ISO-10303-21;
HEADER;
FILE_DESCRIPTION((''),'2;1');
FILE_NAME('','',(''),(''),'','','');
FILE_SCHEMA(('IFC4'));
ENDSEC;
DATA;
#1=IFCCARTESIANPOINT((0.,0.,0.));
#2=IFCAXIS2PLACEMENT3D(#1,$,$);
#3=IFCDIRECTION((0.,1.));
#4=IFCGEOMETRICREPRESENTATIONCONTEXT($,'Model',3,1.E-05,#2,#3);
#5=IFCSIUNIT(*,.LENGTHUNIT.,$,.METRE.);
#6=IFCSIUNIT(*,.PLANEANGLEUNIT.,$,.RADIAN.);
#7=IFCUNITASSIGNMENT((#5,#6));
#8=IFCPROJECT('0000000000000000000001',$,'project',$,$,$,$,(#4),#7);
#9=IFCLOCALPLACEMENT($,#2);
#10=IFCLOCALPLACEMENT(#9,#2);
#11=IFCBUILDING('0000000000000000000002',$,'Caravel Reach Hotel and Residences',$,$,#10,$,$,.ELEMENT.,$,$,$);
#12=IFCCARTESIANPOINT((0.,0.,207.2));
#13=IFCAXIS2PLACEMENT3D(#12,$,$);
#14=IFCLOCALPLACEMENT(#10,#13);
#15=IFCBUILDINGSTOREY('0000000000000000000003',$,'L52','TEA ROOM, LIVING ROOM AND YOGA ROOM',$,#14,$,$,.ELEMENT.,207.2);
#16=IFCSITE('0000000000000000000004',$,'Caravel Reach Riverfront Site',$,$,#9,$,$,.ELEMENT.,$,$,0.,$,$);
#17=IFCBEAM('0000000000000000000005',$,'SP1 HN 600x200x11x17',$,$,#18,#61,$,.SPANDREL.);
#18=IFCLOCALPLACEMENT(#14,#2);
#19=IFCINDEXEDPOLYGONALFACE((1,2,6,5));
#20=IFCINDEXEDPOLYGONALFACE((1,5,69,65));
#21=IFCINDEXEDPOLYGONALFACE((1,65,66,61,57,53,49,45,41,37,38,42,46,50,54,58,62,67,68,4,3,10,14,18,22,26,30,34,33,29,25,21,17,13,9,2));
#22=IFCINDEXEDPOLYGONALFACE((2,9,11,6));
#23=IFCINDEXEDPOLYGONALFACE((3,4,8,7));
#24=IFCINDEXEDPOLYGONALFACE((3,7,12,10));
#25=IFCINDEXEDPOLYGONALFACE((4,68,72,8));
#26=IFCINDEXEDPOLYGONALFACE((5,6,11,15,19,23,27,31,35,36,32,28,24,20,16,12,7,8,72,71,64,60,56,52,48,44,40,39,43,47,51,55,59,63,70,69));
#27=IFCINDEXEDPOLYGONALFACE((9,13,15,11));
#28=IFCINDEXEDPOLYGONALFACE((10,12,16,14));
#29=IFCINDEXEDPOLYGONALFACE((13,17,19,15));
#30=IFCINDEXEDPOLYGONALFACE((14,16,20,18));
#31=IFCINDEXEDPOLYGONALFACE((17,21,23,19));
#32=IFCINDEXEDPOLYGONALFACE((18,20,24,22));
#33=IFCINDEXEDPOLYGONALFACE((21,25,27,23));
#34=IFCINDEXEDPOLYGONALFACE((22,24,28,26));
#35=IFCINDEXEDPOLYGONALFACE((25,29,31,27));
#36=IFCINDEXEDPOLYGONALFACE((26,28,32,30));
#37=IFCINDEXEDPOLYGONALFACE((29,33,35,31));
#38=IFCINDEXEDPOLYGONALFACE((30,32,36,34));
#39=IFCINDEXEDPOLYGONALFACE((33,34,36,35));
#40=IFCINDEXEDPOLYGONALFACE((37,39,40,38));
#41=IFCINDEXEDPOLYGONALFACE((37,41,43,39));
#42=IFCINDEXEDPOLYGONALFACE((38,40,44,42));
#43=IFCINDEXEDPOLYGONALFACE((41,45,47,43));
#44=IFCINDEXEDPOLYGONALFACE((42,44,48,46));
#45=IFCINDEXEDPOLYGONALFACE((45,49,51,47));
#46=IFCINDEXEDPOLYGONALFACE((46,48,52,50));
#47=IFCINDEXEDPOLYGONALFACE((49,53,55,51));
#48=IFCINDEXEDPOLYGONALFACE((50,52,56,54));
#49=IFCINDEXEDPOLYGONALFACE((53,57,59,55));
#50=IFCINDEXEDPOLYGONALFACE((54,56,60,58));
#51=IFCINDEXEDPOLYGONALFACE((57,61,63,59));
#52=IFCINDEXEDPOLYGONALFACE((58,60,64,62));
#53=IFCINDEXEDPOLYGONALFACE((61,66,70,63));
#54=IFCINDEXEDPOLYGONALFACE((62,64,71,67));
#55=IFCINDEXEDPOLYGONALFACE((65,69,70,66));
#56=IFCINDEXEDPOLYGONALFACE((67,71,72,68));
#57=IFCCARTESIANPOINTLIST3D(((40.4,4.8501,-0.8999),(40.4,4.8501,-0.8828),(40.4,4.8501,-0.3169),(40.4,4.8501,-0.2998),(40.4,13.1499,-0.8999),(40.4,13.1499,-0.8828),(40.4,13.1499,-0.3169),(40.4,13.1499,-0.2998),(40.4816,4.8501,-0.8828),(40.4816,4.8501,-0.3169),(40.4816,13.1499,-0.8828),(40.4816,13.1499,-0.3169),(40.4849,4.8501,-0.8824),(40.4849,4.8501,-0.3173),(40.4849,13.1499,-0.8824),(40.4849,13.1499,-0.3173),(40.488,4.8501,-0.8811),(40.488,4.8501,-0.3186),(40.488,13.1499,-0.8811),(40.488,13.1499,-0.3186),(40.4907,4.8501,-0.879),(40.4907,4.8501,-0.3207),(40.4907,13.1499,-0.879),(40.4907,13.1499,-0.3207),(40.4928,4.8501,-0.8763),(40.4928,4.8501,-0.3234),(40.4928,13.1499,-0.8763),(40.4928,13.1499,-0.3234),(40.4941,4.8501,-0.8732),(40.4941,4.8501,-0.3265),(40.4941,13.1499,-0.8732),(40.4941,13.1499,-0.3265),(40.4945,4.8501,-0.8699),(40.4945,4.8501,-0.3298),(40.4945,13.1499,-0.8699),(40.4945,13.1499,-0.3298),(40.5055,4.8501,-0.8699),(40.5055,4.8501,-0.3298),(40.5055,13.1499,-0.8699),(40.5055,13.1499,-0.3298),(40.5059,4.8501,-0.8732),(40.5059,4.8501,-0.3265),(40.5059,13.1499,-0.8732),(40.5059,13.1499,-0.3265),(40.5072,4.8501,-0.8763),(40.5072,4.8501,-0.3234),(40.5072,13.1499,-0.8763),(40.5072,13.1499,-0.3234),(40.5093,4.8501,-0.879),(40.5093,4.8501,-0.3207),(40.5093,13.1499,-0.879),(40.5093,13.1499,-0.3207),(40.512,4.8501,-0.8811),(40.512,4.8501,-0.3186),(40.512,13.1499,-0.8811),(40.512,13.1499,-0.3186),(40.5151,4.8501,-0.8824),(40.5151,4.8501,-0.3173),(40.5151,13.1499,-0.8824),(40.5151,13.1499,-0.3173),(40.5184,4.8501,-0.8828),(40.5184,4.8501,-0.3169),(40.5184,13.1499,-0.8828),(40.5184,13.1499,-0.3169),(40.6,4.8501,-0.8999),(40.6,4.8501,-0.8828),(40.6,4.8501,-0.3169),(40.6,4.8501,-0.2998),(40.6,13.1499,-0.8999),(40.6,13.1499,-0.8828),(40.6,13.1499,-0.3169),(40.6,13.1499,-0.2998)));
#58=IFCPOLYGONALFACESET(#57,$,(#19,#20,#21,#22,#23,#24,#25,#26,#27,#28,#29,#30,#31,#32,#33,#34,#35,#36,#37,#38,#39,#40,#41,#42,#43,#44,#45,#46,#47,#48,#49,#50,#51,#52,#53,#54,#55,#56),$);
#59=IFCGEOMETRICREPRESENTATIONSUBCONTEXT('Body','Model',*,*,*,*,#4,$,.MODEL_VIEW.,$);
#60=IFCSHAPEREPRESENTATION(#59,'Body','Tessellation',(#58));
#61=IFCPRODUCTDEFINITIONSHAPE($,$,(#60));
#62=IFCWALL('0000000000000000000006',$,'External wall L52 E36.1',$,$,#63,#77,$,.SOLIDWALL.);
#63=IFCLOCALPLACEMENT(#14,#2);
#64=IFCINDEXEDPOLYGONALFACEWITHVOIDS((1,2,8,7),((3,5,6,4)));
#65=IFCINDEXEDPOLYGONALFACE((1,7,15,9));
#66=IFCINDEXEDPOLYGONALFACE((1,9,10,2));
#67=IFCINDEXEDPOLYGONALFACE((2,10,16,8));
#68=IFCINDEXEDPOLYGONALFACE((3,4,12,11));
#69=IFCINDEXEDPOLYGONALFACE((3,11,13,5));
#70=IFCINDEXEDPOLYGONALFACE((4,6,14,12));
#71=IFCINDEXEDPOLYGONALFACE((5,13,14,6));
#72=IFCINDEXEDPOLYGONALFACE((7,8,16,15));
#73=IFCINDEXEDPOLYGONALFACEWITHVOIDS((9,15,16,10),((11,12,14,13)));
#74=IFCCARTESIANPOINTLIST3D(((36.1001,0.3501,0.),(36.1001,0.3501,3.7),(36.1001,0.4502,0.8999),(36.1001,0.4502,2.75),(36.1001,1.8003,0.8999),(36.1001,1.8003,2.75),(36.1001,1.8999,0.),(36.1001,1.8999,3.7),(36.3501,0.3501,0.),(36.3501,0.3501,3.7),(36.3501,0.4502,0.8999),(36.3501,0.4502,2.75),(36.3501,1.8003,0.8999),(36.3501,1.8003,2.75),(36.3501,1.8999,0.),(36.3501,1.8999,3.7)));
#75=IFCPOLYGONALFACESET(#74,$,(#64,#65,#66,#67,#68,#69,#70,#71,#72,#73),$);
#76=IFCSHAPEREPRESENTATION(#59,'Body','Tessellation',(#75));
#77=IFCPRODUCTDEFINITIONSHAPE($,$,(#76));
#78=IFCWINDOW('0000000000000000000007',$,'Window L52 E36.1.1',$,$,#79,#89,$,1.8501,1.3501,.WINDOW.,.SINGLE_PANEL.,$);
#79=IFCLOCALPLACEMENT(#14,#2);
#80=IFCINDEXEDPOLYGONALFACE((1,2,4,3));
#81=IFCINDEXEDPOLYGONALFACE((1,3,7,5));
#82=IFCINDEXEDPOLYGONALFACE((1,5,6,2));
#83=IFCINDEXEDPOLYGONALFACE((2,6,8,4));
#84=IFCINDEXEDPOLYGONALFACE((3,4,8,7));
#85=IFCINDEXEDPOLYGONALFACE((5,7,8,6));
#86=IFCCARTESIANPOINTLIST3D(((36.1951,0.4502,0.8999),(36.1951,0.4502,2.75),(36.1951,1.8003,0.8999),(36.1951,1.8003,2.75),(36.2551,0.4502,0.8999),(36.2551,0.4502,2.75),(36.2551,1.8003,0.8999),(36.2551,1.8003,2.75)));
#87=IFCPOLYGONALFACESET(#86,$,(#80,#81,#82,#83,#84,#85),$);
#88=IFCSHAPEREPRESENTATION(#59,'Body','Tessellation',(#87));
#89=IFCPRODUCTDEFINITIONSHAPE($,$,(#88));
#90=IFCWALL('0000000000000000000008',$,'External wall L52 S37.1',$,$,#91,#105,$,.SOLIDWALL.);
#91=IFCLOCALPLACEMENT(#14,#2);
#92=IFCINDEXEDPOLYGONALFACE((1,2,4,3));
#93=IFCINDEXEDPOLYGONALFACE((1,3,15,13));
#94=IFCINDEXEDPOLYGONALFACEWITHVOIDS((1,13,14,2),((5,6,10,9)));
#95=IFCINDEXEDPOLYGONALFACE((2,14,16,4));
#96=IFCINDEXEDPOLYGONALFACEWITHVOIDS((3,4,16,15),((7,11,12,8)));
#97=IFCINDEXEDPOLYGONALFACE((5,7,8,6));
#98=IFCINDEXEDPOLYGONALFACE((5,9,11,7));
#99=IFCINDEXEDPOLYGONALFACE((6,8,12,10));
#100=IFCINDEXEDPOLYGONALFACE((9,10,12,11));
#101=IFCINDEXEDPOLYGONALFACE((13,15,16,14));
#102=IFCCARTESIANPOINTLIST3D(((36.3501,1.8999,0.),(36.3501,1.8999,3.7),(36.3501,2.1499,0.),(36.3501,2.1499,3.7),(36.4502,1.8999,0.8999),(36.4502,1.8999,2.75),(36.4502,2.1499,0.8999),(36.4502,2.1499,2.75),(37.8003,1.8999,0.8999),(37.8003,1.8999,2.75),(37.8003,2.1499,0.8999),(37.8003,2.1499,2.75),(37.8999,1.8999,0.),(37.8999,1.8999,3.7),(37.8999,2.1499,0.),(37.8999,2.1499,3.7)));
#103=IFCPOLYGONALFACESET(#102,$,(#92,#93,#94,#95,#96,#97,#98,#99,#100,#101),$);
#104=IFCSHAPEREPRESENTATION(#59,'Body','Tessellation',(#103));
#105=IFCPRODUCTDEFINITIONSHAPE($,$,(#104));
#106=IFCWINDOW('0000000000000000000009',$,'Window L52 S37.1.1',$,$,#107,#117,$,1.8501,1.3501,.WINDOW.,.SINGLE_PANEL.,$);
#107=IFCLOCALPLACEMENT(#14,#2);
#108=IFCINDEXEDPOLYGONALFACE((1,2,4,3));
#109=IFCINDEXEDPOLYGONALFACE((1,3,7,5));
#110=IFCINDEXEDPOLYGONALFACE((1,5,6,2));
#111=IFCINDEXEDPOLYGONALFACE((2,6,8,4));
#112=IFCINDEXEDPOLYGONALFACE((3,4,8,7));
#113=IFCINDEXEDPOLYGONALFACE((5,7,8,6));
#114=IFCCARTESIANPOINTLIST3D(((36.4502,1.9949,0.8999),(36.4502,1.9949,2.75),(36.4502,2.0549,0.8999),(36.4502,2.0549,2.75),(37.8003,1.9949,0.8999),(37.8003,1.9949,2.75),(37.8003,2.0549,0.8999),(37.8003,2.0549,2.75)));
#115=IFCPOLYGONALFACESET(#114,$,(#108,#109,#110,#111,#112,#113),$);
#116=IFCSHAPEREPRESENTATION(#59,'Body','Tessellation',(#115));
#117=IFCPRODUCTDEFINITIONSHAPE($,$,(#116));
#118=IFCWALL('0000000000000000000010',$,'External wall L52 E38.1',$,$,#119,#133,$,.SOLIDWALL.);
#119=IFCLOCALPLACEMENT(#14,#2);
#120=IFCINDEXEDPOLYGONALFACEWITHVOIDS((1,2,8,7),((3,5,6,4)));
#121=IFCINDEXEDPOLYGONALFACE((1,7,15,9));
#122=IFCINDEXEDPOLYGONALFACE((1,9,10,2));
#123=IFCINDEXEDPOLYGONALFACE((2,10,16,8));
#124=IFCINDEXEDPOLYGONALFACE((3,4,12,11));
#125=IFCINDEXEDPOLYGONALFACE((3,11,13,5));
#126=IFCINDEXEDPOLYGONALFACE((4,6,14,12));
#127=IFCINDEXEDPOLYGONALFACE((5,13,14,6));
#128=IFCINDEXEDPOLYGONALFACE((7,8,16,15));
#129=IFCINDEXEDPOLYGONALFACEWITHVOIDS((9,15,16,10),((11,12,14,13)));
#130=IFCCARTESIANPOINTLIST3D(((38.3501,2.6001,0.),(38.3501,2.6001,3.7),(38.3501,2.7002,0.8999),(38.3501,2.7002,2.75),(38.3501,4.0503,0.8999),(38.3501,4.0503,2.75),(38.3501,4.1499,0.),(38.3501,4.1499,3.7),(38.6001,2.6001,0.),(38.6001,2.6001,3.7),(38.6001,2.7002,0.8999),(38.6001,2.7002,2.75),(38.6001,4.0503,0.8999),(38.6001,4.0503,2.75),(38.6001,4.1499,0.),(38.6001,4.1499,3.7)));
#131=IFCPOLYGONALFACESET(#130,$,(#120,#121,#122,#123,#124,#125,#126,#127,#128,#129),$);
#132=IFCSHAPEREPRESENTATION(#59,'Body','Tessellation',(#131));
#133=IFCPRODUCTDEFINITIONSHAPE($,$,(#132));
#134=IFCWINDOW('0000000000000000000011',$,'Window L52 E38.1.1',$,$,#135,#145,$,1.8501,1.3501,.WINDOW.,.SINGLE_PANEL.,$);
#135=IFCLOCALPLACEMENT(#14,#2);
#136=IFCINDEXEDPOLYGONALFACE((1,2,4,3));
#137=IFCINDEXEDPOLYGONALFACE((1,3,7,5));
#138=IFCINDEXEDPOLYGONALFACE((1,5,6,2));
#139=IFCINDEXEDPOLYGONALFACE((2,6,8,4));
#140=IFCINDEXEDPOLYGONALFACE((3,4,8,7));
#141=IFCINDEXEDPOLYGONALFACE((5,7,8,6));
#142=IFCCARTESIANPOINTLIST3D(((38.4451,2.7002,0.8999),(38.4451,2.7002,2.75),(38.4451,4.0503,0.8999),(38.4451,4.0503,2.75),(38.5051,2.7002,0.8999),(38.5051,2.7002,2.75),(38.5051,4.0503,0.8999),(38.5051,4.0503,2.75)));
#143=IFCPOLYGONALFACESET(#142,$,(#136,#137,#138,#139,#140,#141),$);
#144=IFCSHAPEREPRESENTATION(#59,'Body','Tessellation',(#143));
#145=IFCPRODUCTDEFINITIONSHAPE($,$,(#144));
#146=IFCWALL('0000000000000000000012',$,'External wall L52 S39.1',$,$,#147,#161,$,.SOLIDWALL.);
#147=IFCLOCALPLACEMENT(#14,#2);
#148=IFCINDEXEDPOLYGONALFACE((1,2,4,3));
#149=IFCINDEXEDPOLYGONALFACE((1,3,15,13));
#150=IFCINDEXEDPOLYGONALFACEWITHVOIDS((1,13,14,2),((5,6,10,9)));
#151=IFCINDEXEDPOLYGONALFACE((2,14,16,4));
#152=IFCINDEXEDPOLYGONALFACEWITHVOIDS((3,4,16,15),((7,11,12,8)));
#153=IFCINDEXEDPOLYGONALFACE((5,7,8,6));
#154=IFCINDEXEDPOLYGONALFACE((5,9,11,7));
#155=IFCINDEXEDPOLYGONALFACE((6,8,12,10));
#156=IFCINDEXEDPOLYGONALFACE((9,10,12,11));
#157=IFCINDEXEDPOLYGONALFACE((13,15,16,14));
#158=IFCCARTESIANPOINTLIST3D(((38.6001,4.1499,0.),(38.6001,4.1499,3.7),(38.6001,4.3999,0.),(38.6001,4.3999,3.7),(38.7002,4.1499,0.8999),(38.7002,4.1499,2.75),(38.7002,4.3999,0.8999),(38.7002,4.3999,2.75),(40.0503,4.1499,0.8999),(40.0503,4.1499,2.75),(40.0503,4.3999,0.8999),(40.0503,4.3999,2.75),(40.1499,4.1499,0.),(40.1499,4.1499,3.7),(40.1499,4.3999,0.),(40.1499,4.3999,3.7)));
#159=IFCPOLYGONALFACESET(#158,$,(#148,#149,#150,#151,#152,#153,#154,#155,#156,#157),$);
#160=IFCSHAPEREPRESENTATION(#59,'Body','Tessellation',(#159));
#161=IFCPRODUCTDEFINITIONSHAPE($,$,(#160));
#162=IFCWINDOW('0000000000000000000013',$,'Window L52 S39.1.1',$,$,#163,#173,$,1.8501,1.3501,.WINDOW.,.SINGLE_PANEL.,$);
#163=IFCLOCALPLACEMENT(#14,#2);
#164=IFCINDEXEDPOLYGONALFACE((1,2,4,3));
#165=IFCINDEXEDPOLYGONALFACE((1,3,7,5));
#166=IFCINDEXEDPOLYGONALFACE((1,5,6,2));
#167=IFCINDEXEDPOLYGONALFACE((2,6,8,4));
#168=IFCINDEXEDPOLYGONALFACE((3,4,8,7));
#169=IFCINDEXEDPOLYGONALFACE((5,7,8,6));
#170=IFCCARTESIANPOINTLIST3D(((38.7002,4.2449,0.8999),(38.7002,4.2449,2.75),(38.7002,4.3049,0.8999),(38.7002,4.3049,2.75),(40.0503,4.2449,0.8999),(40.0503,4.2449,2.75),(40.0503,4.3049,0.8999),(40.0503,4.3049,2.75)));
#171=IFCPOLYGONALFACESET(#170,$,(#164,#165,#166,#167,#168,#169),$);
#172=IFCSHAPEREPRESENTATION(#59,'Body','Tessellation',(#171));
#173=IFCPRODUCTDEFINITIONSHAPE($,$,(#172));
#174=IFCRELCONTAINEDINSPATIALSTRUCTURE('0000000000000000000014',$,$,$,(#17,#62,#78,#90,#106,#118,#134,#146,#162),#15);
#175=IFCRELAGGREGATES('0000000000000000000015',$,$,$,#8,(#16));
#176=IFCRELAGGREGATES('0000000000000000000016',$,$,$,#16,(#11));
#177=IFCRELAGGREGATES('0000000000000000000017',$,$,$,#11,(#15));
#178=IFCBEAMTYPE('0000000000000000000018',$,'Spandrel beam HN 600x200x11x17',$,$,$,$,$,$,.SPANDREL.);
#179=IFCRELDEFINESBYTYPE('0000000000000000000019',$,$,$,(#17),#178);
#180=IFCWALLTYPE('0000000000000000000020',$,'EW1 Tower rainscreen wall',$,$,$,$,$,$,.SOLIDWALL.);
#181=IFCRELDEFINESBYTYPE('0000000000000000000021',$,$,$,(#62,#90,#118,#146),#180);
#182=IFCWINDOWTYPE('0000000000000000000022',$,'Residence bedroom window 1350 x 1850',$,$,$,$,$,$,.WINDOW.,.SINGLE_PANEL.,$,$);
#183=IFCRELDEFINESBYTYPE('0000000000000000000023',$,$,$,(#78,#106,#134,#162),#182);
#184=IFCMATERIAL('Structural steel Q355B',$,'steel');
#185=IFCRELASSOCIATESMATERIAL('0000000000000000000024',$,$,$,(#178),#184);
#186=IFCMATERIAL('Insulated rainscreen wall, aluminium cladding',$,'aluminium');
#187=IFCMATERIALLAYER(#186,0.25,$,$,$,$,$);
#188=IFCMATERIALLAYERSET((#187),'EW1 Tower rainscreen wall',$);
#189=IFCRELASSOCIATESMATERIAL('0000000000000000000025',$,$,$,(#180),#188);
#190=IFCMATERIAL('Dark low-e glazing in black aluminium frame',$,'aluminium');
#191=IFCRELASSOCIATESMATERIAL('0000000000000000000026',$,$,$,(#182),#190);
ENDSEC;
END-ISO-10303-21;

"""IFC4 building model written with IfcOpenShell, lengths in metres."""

from ifc_helpers import new_model, si_unit, direction, frame, frame_2d, origin, origin_2d, place, context, subcontext, project, spatial, rectangle, i_section, extrude, material, layer, layer_set, material_profile, profile_set, type_object, element, fill, save


model = new_model("IFC4")

# Units and contexts
model_context = context("Model", 3, precision=1e-05, world=origin(), true_north=direction((0.0, 1.0)))
body_context = subcontext(model_context, "Body", "Model", "MODEL_VIEW")
ifc_project = project(units=[si_unit("LENGTHUNIT", "METRE"), si_unit("PLANEANGLEUNIT", "RADIAN")], contexts=[model_context])

# Site, building, storey
site_placement = place(None, origin())
site = spatial("IfcSite", under=ifc_project, at=site_placement, Name="Caravel Reach Riverfront Site", CompositionType="ELEMENT", RefElevation=0.0)
building_placement = place(site_placement, origin())
building = spatial("IfcBuilding", under=site, at=building_placement, Name="Caravel Reach Hotel and Residences", CompositionType="ELEMENT")
storey_placement = place(building_placement, frame((0.0, 0.0, 207.2)))
storey = spatial("IfcBuildingStorey", under=building, at=storey_placement, Name="L52", Description="TEA ROOM, LIVING ROOM AND YOGA ROOM", CompositionType="ELEMENT", Elevation=207.2)

# Beam
ifc_material_1 = material(Name="Structural steel Q355B", Category="steel")
ifc_material_profile_1 = material_profile(ifc_material_1, i_section(OverallWidth=0.2, OverallDepth=0.6001, WebThickness=0.011, FlangeThickness=0.0171, FilletRadius=0.0129, at=origin_2d()), Name="HN 600x200x11x17")
ifc_profile_set_1 = profile_set([ifc_material_profile_1], Name="Structural steel Q355B")
beam_type = type_object("IfcBeamType", Name="Spandrel beam HN 600x200x11x17", PredefinedType="SPANDREL", material=ifc_profile_set_1)
beam_placement = place(storey_placement, frame((40.5, 4.8501, -0.5999), z_axis=(0.0, 1.0, 0.0), x_axis=(-1.0, 0.0, 0.0)))
element("IfcBeam", 1, at=beam_placement, inside=storey, type_object=beam_type, Name="SP1 HN 600x200x11x17", PredefinedType="SPANDREL", context=body_context, shape_type="SweptSolid", body=[
    extrude(i_section(OverallWidth=0.2, OverallDepth=0.6001, WebThickness=0.011, FlangeThickness=0.0171, FilletRadius=0.0129, at=origin_2d()), origin(), (0.0, 0.0, 1.0), 8.2998),
])

# Walls, openings, windows
ifc_material_2 = material(Name="Insulated rainscreen wall, aluminium cladding", Category="aluminium")
ifc_layer_1 = layer(ifc_material_2, 0.25)
ifc_layer_set_1 = layer_set([ifc_layer_1], Name="EW1 Tower rainscreen wall")
wall_type_1 = type_object("IfcWallType", Name="EW1 Tower rainscreen wall", PredefinedType="SOLIDWALL", material=ifc_layer_set_1)
wall_1_placement = place(storey_placement, frame((36.2251, 0.3501, 0.0), z_axis=(0.0, 0.0, 1.0), x_axis=(0.0, 1.0, 0.0)))
wall_1 = element("IfcWall", 2, at=wall_1_placement, inside=storey, type_object=wall_type_1, Name="External wall L52 E36.1", PredefinedType="SOLIDWALL", context=body_context, shape_type="SweptSolid", body=[
    extrude(rectangle(XDim=1.5498, YDim=0.25, at=frame_2d((0.7749, 0.0))), origin(), (0.0, 0.0, 1.0), 3.7),
])
opening_1_placement = place(wall_1_placement, frame((0.1001, 0.0, 0.8999)))
opening_1 = element("IfcOpeningElement", 3, at=opening_1_placement, cuts=wall_1, PredefinedType="OPENING", context=body_context, shape_type="SweptSolid", body=[
    extrude(rectangle(XDim=1.3501, YDim=1.8501, at=frame_2d((0.675, 0.925))), frame((0.0, 0.135, 0.0), z_axis=(0.0, -1.0, 0.0), x_axis=(1.0, 0.0, 0.0)), (0.0, 0.0, 1.0), 0.27),
])
ifc_material_3 = material(Name="Dark low-e glazing in black aluminium frame", Category="aluminium")
window_type_1 = type_object("IfcWindowType", Name="Residence bedroom window 1350 x 1850", PartitioningType="SINGLE_PANEL", PredefinedType="WINDOW", material=ifc_material_3)
window_1_placement = place(opening_1_placement, origin())
window_1 = element("IfcWindow", 4, at=window_1_placement, inside=storey, type_object=window_type_1, Name="Window L52 E36.1.1", OverallHeight=1.8501, OverallWidth=1.3501, PartitioningType="SINGLE_PANEL", PredefinedType="WINDOW", context=body_context, shape_type="SweptSolid", body=[
    extrude(rectangle(XDim=1.3501, YDim=1.8501, at=frame_2d((0.675, 0.925))), frame((0.0, 0.03, 0.0), z_axis=(0.0, -1.0, 0.0), x_axis=(1.0, 0.0, 0.0)), (0.0, 0.0, 1.0), 0.0601),
])
fill(opening_1, window_1)
wall_2_placement = place(storey_placement, frame((36.3501, 2.0249, 0.0), z_axis=(0.0, 0.0, 1.0), x_axis=(1.0, 0.0, 0.0)))
wall_2 = element("IfcWall", 5, at=wall_2_placement, inside=storey, type_object=wall_type_1, Name="External wall L52 S37.1", PredefinedType="SOLIDWALL", context=body_context, shape_type="SweptSolid", body=[
    extrude(rectangle(XDim=1.5498, YDim=0.25, at=frame_2d((0.7749, 0.0))), origin(), (0.0, 0.0, 1.0), 3.7),
])
opening_2_placement = place(wall_2_placement, frame((0.1001, 0.0, 0.8999)))
opening_2 = element("IfcOpeningElement", 6, at=opening_2_placement, cuts=wall_2, PredefinedType="OPENING", context=body_context, shape_type="SweptSolid", body=[
    extrude(rectangle(XDim=1.3501, YDim=1.8501, at=frame_2d((0.675, 0.925))), frame((0.0, 0.135, 0.0), z_axis=(0.0, -1.0, 0.0), x_axis=(1.0, 0.0, 0.0)), (0.0, 0.0, 1.0), 0.27),
])
window_2_placement = place(opening_2_placement, origin())
window_2 = element("IfcWindow", 7, at=window_2_placement, inside=storey, type_object=window_type_1, Name="Window L52 S37.1.1", OverallHeight=1.8501, OverallWidth=1.3501, PartitioningType="SINGLE_PANEL", PredefinedType="WINDOW", context=body_context, shape_type="SweptSolid", body=[
    extrude(rectangle(XDim=1.3501, YDim=1.8501, at=frame_2d((0.675, 0.925))), frame((0.0, 0.03, 0.0), z_axis=(0.0, -1.0, 0.0), x_axis=(1.0, 0.0, 0.0)), (0.0, 0.0, 1.0), 0.0601),
])
fill(opening_2, window_2)
wall_3_placement = place(storey_placement, frame((38.4751, 2.6001, 0.0), z_axis=(0.0, 0.0, 1.0), x_axis=(0.0, 1.0, 0.0)))
wall_3 = element("IfcWall", 8, at=wall_3_placement, inside=storey, type_object=wall_type_1, Name="External wall L52 E38.1", PredefinedType="SOLIDWALL", context=body_context, shape_type="SweptSolid", body=[
    extrude(rectangle(XDim=1.5498, YDim=0.25, at=frame_2d((0.7749, 0.0))), origin(), (0.0, 0.0, 1.0), 3.7),
])
opening_3_placement = place(wall_3_placement, frame((0.1001, 0.0, 0.8999)))
opening_3 = element("IfcOpeningElement", 9, at=opening_3_placement, cuts=wall_3, PredefinedType="OPENING", context=body_context, shape_type="SweptSolid", body=[
    extrude(rectangle(XDim=1.3501, YDim=1.8501, at=frame_2d((0.675, 0.925))), frame((0.0, 0.135, 0.0), z_axis=(0.0, -1.0, 0.0), x_axis=(1.0, 0.0, 0.0)), (0.0, 0.0, 1.0), 0.27),
])
window_3_placement = place(opening_3_placement, origin())
window_3 = element("IfcWindow", 10, at=window_3_placement, inside=storey, type_object=window_type_1, Name="Window L52 E38.1.1", OverallHeight=1.8501, OverallWidth=1.3501, PartitioningType="SINGLE_PANEL", PredefinedType="WINDOW", context=body_context, shape_type="SweptSolid", body=[
    extrude(rectangle(XDim=1.3501, YDim=1.8501, at=frame_2d((0.675, 0.925))), frame((0.0, 0.03, 0.0), z_axis=(0.0, -1.0, 0.0), x_axis=(1.0, 0.0, 0.0)), (0.0, 0.0, 1.0), 0.0601),
])
fill(opening_3, window_3)
wall_4_placement = place(storey_placement, frame((38.6001, 4.2749, 0.0), z_axis=(0.0, 0.0, 1.0), x_axis=(1.0, 0.0, 0.0)))
wall_4 = element("IfcWall", 11, at=wall_4_placement, inside=storey, type_object=wall_type_1, Name="External wall L52 S39.1", PredefinedType="SOLIDWALL", context=body_context, shape_type="SweptSolid", body=[
    extrude(rectangle(XDim=1.5498, YDim=0.25, at=frame_2d((0.7749, 0.0))), origin(), (0.0, 0.0, 1.0), 3.7),
])
opening_4_placement = place(wall_4_placement, frame((0.1001, 0.0, 0.8999)))
opening_4 = element("IfcOpeningElement", 12, at=opening_4_placement, cuts=wall_4, PredefinedType="OPENING", context=body_context, shape_type="SweptSolid", body=[
    extrude(rectangle(XDim=1.3501, YDim=1.8501, at=frame_2d((0.675, 0.925))), frame((0.0, 0.135, 0.0), z_axis=(0.0, -1.0, 0.0), x_axis=(1.0, 0.0, 0.0)), (0.0, 0.0, 1.0), 0.27),
])
window_4_placement = place(opening_4_placement, origin())
window_4 = element("IfcWindow", 13, at=window_4_placement, inside=storey, type_object=window_type_1, Name="Window L52 S39.1.1", OverallHeight=1.8501, OverallWidth=1.3501, PartitioningType="SINGLE_PANEL", PredefinedType="WINDOW", context=body_context, shape_type="SweptSolid", body=[
    extrude(rectangle(XDim=1.3501, YDim=1.8501, at=frame_2d((0.675, 0.925))), frame((0.0, 0.03, 0.0), z_axis=(0.0, -1.0, 0.0), x_axis=(1.0, 0.0, 0.0)), (0.0, 0.0, 1.0), 0.0601),
])
fill(opening_4, window_4)

save(model, "model.ifc")
